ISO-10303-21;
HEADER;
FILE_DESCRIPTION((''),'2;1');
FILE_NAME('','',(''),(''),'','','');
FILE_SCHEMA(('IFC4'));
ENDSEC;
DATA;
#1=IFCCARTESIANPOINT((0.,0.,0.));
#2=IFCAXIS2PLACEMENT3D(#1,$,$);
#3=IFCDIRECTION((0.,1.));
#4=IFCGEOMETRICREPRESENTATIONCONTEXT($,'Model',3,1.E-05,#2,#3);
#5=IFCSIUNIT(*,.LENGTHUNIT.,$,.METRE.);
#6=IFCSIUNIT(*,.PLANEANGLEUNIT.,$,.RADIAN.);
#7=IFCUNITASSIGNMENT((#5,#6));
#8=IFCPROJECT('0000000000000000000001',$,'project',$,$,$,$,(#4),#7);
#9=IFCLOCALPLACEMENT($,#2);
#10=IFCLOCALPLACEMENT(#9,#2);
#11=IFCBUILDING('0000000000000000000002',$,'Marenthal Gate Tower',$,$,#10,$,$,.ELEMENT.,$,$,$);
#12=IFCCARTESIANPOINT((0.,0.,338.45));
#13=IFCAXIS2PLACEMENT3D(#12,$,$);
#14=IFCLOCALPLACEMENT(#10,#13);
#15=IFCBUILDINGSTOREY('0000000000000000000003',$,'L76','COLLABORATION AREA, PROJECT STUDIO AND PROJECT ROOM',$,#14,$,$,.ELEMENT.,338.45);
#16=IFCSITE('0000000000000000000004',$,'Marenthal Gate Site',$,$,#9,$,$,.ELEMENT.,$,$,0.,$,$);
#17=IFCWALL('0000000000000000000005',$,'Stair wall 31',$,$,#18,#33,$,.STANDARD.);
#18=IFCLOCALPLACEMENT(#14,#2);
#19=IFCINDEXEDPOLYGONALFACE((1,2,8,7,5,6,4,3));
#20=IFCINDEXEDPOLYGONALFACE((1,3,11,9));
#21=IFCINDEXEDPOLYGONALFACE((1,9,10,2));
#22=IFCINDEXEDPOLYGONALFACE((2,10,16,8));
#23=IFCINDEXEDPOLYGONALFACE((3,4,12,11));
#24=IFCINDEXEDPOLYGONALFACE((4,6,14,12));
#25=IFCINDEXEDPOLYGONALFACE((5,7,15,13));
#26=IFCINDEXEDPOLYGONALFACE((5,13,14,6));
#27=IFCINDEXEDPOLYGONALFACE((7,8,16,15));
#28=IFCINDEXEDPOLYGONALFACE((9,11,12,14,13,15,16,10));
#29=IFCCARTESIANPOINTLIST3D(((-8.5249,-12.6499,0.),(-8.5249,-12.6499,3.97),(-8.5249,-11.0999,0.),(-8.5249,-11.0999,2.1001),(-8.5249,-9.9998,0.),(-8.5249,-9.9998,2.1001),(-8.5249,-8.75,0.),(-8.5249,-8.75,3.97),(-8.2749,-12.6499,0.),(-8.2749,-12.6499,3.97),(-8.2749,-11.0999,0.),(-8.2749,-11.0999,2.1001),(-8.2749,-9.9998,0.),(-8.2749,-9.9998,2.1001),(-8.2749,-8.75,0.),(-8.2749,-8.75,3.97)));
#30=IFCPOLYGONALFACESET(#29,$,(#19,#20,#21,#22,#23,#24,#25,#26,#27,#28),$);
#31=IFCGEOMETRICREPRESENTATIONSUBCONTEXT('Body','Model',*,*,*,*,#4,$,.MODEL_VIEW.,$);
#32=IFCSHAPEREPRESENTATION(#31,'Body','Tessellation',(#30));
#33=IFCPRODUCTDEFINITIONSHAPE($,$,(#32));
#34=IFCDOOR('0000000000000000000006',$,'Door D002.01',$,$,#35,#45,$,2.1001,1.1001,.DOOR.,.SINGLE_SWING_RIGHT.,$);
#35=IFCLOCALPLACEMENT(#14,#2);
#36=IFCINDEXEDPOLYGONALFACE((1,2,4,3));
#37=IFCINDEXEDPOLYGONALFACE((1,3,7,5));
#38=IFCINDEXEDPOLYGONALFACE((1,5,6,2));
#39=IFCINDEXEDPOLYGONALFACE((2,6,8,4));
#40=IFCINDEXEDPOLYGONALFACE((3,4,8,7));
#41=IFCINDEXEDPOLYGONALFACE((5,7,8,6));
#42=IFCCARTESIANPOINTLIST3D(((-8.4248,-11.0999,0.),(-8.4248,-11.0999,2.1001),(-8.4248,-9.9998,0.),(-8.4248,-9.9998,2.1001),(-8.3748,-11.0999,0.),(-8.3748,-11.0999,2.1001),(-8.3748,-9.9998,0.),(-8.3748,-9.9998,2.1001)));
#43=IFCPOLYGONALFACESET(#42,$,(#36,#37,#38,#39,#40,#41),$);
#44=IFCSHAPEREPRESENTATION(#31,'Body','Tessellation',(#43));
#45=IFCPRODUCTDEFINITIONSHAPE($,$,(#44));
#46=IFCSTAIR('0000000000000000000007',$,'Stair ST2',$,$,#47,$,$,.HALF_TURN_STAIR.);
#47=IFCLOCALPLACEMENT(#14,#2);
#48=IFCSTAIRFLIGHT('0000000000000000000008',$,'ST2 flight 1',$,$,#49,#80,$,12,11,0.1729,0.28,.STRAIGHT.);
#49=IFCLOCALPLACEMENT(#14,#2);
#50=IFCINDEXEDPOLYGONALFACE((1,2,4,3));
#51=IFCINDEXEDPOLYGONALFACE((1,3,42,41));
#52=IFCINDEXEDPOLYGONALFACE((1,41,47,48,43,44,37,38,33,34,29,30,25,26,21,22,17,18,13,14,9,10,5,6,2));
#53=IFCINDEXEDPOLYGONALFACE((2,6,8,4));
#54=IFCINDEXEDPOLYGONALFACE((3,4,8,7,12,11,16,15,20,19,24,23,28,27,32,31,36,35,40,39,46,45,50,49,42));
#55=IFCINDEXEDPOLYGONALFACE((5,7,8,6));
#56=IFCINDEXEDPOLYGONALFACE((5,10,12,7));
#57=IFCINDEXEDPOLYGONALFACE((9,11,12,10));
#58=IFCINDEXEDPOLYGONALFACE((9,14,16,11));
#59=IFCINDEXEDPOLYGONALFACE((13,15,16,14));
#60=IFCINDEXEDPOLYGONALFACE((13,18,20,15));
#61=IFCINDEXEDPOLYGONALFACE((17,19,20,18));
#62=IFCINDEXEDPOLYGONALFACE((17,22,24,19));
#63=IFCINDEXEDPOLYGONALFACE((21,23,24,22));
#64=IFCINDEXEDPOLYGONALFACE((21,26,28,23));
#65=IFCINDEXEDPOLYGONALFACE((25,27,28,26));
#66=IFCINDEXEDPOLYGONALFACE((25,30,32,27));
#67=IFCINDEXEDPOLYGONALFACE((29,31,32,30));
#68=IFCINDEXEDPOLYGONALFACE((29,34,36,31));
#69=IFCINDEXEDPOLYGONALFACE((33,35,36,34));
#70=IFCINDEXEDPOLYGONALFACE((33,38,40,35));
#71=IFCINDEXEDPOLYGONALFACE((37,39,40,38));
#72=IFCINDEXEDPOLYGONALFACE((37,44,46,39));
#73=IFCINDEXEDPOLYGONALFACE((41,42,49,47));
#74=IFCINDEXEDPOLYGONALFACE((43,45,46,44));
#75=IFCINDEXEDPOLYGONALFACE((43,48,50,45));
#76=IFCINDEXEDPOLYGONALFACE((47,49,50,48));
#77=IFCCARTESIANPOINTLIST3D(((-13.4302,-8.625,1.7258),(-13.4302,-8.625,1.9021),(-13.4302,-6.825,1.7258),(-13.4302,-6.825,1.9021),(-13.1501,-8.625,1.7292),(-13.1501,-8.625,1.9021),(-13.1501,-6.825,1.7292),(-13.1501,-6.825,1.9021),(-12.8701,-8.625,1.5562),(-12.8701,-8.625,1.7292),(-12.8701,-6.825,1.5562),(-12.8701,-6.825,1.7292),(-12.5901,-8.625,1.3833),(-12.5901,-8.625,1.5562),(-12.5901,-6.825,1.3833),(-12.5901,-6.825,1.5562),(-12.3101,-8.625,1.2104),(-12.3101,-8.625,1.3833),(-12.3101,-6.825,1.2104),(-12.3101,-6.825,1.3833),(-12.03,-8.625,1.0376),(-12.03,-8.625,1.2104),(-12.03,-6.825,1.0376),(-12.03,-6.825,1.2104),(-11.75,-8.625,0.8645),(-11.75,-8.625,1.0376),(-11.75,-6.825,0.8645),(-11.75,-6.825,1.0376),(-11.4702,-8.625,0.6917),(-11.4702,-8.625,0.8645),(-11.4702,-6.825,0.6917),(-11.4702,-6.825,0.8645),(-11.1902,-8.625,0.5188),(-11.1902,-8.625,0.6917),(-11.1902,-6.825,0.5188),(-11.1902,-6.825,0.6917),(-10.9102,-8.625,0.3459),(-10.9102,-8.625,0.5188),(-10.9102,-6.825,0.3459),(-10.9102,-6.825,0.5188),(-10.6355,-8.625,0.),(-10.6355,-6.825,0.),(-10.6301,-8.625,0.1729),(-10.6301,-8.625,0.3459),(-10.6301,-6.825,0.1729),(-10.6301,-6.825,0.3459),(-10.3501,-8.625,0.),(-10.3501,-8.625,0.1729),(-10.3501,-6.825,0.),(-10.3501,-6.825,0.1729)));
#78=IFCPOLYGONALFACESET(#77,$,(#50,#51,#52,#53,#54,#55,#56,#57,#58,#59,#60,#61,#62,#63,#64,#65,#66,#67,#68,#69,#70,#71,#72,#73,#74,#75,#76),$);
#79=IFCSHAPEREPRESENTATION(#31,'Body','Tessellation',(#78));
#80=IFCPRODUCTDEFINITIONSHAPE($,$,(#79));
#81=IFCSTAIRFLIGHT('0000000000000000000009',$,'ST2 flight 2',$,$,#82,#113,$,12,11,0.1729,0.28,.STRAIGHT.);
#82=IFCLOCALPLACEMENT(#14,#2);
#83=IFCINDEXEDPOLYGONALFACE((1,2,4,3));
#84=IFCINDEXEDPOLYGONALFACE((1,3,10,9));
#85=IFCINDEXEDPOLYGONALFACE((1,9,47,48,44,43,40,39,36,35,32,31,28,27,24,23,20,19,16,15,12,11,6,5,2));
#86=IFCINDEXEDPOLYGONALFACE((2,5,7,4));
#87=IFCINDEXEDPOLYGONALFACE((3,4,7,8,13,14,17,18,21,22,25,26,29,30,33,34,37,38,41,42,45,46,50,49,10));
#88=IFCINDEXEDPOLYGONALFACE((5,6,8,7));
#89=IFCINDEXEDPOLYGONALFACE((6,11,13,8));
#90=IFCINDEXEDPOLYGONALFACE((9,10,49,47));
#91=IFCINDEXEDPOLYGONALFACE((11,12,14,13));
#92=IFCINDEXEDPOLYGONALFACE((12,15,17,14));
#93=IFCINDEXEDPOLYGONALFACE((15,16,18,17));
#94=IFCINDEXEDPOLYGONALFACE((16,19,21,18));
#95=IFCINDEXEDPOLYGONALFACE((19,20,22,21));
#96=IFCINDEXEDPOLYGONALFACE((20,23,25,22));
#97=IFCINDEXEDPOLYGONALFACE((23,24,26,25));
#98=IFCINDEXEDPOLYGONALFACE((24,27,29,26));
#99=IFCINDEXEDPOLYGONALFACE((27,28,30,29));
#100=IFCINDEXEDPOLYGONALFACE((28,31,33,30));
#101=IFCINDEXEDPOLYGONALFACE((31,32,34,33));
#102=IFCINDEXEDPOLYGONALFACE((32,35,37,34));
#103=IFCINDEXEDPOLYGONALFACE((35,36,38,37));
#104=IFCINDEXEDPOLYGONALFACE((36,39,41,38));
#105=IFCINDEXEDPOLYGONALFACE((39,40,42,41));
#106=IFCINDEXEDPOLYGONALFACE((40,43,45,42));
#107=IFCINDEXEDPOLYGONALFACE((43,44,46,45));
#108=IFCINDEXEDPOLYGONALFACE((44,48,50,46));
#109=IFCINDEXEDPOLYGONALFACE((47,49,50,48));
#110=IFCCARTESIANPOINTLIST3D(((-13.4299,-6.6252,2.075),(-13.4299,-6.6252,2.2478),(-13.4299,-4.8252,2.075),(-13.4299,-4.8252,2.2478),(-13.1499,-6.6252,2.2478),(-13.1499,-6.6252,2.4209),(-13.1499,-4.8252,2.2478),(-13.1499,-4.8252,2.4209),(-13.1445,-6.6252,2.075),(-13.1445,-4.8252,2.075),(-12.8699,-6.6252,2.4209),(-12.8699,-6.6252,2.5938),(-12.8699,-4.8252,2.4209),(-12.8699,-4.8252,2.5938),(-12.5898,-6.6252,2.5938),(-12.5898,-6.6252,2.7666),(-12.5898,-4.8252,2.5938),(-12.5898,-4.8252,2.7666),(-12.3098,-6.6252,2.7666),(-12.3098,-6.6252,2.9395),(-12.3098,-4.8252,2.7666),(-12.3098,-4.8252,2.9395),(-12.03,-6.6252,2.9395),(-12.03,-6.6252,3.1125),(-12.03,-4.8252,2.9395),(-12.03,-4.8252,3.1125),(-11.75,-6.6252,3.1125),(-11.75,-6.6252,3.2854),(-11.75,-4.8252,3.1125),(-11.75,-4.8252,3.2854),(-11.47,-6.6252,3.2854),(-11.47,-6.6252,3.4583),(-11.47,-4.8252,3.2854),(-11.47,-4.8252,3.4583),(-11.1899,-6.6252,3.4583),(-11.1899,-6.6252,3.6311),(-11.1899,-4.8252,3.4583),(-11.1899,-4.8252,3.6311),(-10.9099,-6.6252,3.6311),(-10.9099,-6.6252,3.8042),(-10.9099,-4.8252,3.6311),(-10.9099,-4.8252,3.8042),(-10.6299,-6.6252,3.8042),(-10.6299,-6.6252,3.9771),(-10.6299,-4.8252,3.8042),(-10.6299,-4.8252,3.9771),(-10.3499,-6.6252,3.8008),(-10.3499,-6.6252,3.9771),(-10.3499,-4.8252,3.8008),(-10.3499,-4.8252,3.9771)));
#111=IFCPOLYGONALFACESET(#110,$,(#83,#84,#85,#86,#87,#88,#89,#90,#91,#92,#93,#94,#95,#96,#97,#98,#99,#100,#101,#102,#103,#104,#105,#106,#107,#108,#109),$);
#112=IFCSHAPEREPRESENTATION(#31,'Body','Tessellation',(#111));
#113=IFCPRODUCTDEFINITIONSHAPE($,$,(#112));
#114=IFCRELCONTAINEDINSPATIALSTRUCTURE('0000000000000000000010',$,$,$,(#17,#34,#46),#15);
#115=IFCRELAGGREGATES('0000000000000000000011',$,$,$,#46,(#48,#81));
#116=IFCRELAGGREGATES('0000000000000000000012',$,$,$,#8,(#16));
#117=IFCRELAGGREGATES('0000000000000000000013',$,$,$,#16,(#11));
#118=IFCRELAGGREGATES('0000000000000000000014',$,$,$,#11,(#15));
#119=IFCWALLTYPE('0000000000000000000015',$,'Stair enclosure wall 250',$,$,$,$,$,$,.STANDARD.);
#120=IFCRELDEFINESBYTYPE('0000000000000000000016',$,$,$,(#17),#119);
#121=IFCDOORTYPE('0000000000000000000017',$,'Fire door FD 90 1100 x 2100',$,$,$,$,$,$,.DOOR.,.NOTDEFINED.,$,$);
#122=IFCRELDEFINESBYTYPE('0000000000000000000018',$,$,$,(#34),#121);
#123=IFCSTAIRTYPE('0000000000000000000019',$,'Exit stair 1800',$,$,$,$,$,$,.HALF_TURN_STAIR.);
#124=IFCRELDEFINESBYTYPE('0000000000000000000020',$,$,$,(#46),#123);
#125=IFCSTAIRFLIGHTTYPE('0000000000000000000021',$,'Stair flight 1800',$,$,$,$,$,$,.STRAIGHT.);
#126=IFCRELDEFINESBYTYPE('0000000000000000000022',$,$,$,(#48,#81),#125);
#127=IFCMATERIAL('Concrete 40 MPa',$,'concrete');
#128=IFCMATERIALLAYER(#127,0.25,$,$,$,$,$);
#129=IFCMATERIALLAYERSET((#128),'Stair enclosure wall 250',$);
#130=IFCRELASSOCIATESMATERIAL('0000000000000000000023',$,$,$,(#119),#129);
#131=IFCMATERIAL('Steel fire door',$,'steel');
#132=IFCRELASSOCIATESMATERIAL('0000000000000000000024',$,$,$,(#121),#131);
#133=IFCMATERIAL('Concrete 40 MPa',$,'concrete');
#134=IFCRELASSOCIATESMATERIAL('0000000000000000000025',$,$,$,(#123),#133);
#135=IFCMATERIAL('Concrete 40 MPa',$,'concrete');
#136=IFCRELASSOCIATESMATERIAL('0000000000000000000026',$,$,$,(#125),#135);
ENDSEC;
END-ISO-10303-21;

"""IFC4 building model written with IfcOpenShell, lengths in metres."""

from ifc_helpers import new_model, si_unit, direction, frame, frame_2d, origin, place, context, subcontext, project, spatial, polyline, rectangle, outline, extrude, material, layer, layer_set, type_object, element, fill, aggregate, save


model = new_model("IFC4")

# Units and contexts
model_context = context("Model", 3, precision=1e-05, world=origin(), true_north=direction((0.0, 1.0)))
body_context = subcontext(model_context, "Body", "Model", "MODEL_VIEW")
ifc_project = project(units=[si_unit("LENGTHUNIT", "METRE"), si_unit("PLANEANGLEUNIT", "RADIAN")], contexts=[model_context])

# Site, building, storey
site_placement = place(None, origin())
site = spatial("IfcSite", under=ifc_project, at=site_placement, Name="Marenthal Gate Site", CompositionType="ELEMENT", RefElevation=0.0)
building_placement = place(site_placement, origin())
building = spatial("IfcBuilding", under=site, at=building_placement, Name="Marenthal Gate Tower", CompositionType="ELEMENT")
storey_placement = place(building_placement, frame((0.0, 0.0, 338.45)))
storey = spatial("IfcBuildingStorey", under=building, at=storey_placement, Name="L76", Description="COLLABORATION AREA, PROJECT STUDIO AND PROJECT ROOM", CompositionType="ELEMENT", Elevation=338.45)

# Shared definitions
ifc_material_1 = material(Name="Concrete 40 MPa", Category="concrete")
ifc_layer_1 = layer(ifc_material_1, 0.25)
ifc_layer_set_1 = layer_set([ifc_layer_1], Name="Stair enclosure wall 250")
wall_type_1 = type_object("IfcWallType", Name="Stair enclosure wall 250", PredefinedType="STANDARD", material=ifc_layer_set_1)

# Wall, opening, door
wall_1_placement = place(storey_placement, frame((-8.3999, -12.6499, 0.0), z_axis=(0.0, 0.0, 1.0), x_axis=(0.0, 1.0, 0.0)))
wall_1 = element("IfcWall", 1, at=wall_1_placement, inside=storey, type_object=wall_type_1, Name="Stair wall 31", PredefinedType="STANDARD", context=body_context, shape_type="SweptSolid", body=[
    extrude(rectangle(XDim=3.8999, YDim=0.25, at=frame_2d((1.95, 0.0))), origin(), (0.0, 0.0, 1.0), 3.97),
])
opening_1_placement = place(wall_1_placement, frame((1.55, 0.0, 0.0)))
opening_1 = element("IfcOpeningElement", 2, at=opening_1_placement, cuts=wall_1, PredefinedType="OPENING", context=body_context, shape_type="SweptSolid", body=[
    extrude(rectangle(XDim=1.1001, YDim=2.1001, at=frame_2d((0.55, 1.05))), frame((0.0, 0.135, 0.0), z_axis=(0.0, -1.0, 0.0), x_axis=(1.0, 0.0, 0.0)), (0.0, 0.0, 1.0), 0.27),
])
ifc_material_2 = material(Name="Steel fire door", Category="steel")
door_type_1 = type_object("IfcDoorType", Name="Fire door FD 90 1100 x 2100", OperationType="NOTDEFINED", PredefinedType="DOOR", material=ifc_material_2)
door_1_placement = place(opening_1_placement, origin())
door_1 = element("IfcDoor", 3, at=door_1_placement, inside=storey, type_object=door_type_1, Name="Door D002.01", OperationType="SINGLE_SWING_RIGHT", OverallHeight=2.1001, OverallWidth=1.1001, PredefinedType="DOOR", context=body_context, shape_type="SweptSolid", body=[
    extrude(rectangle(XDim=1.1001, YDim=2.1001, at=frame_2d((0.55, 1.05))), frame((0.0, 0.0249, 0.0), z_axis=(0.0, -1.0, 0.0), x_axis=(1.0, 0.0, 0.0)), (0.0, 0.0, 1.0), 0.05),
])
fill(opening_1, door_1)

# Stair, stair flights
ifc_material_3 = material(Name="Concrete 40 MPa", Category="concrete")
stair_type = type_object("IfcStairType", Name="Exit stair 1800", PredefinedType="HALF_TURN_STAIR", material=ifc_material_3)
stair_placement = place(storey_placement, origin())
stair = element("IfcStair", 4, at=stair_placement, inside=storey, type_object=stair_type, Name="Stair ST2", PredefinedType="HALF_TURN_STAIR")
ifc_material_4 = material(Name="Concrete 40 MPa", Category="concrete")
stair_flight_type = type_object("IfcStairFlightType", Name="Stair flight 1800", PredefinedType="STRAIGHT", material=ifc_material_4)
stair_flight_1_placement = place(storey_placement, frame((-10.3501, -7.7251, 0.0), z_axis=(0.0, 0.0, 1.0), x_axis=(-1.0, 0.0, 0.0)))
stair_flight_1 = element("IfcStairFlight", 5, at=stair_flight_1_placement, type_object=stair_flight_type, Name="ST2 flight 1", NumberOfRisers=12, NumberOfTreads=11, PredefinedType="STRAIGHT", RiserHeight=0.1729, TreadLength=0.28, context=body_context, shape_type="SweptSolid", body=[
    extrude(outline(polyline([(0.0, 0.0), (0.0, 0.1729), (0.28, 0.1729), (0.28, 0.3459), (0.5601, 0.3459), (0.5601, 0.5188), (0.8401, 0.5188), (0.8401, 0.6917), (1.1201, 0.6917), (1.1201, 0.8645), (1.3999, 0.8645), (1.3999, 1.0376), (1.6799, 1.0376), (1.6799, 1.2104), (1.96, 1.2104), (1.96, 1.3833), (2.24, 1.3833), (2.24, 1.5562), (2.52, 1.5562), (2.52, 1.7292), (2.8, 1.7292), (2.8, 1.9021), (3.0801, 1.9021), (3.0801, 2.075), (3.0801, 1.7258), (0.2854, 0.0), (0.0, 0.0)])), frame((0.0, 0.8999, 0.0), z_axis=(0.0, -1.0, 0.0), x_axis=(1.0, 0.0, 0.0)), (0.0, 0.0, 1.0), 1.8),
])
stair_flight_2_placement = place(storey_placement, frame((-13.4299, -5.7251, 2.075), z_axis=(0.0, 0.0, 1.0), x_axis=(1.0, 0.0, 0.0)))
stair_flight_2 = element("IfcStairFlight", 6, at=stair_flight_2_placement, type_object=stair_flight_type, Name="ST2 flight 2", NumberOfRisers=12, NumberOfTreads=11, PredefinedType="STRAIGHT", RiserHeight=0.1729, TreadLength=0.28, context=body_context, shape_type="SweptSolid", body=[
    extrude(outline(polyline([(0.0, 0.0), (0.0, 0.1729), (0.28, 0.1729), (0.28, 0.3459), (0.5601, 0.3459), (0.5601, 0.5188), (0.8401, 0.5188), (0.8401, 0.6917), (1.1201, 0.6917), (1.1201, 0.8645), (1.3999, 0.8645), (1.3999, 1.0376), (1.6799, 1.0376), (1.6799, 1.2104), (1.96, 1.2104), (1.96, 1.3833), (2.24, 1.3833), (2.24, 1.5562), (2.52, 1.5562), (2.52, 1.7292), (2.8, 1.7292), (2.8, 1.9021), (3.0801, 1.9021), (3.0801, 2.075), (3.0801, 1.7258), (0.2854, 0.0), (0.0, 0.0)])), frame((0.0, 0.8999, 0.0), z_axis=(0.0, -1.0, 0.0), x_axis=(1.0, 0.0, 0.0)), (0.0, 0.0, 1.0), 1.8),
])
aggregate(stair, [stair_flight_1, stair_flight_2])

save(model, "model.ifc")
